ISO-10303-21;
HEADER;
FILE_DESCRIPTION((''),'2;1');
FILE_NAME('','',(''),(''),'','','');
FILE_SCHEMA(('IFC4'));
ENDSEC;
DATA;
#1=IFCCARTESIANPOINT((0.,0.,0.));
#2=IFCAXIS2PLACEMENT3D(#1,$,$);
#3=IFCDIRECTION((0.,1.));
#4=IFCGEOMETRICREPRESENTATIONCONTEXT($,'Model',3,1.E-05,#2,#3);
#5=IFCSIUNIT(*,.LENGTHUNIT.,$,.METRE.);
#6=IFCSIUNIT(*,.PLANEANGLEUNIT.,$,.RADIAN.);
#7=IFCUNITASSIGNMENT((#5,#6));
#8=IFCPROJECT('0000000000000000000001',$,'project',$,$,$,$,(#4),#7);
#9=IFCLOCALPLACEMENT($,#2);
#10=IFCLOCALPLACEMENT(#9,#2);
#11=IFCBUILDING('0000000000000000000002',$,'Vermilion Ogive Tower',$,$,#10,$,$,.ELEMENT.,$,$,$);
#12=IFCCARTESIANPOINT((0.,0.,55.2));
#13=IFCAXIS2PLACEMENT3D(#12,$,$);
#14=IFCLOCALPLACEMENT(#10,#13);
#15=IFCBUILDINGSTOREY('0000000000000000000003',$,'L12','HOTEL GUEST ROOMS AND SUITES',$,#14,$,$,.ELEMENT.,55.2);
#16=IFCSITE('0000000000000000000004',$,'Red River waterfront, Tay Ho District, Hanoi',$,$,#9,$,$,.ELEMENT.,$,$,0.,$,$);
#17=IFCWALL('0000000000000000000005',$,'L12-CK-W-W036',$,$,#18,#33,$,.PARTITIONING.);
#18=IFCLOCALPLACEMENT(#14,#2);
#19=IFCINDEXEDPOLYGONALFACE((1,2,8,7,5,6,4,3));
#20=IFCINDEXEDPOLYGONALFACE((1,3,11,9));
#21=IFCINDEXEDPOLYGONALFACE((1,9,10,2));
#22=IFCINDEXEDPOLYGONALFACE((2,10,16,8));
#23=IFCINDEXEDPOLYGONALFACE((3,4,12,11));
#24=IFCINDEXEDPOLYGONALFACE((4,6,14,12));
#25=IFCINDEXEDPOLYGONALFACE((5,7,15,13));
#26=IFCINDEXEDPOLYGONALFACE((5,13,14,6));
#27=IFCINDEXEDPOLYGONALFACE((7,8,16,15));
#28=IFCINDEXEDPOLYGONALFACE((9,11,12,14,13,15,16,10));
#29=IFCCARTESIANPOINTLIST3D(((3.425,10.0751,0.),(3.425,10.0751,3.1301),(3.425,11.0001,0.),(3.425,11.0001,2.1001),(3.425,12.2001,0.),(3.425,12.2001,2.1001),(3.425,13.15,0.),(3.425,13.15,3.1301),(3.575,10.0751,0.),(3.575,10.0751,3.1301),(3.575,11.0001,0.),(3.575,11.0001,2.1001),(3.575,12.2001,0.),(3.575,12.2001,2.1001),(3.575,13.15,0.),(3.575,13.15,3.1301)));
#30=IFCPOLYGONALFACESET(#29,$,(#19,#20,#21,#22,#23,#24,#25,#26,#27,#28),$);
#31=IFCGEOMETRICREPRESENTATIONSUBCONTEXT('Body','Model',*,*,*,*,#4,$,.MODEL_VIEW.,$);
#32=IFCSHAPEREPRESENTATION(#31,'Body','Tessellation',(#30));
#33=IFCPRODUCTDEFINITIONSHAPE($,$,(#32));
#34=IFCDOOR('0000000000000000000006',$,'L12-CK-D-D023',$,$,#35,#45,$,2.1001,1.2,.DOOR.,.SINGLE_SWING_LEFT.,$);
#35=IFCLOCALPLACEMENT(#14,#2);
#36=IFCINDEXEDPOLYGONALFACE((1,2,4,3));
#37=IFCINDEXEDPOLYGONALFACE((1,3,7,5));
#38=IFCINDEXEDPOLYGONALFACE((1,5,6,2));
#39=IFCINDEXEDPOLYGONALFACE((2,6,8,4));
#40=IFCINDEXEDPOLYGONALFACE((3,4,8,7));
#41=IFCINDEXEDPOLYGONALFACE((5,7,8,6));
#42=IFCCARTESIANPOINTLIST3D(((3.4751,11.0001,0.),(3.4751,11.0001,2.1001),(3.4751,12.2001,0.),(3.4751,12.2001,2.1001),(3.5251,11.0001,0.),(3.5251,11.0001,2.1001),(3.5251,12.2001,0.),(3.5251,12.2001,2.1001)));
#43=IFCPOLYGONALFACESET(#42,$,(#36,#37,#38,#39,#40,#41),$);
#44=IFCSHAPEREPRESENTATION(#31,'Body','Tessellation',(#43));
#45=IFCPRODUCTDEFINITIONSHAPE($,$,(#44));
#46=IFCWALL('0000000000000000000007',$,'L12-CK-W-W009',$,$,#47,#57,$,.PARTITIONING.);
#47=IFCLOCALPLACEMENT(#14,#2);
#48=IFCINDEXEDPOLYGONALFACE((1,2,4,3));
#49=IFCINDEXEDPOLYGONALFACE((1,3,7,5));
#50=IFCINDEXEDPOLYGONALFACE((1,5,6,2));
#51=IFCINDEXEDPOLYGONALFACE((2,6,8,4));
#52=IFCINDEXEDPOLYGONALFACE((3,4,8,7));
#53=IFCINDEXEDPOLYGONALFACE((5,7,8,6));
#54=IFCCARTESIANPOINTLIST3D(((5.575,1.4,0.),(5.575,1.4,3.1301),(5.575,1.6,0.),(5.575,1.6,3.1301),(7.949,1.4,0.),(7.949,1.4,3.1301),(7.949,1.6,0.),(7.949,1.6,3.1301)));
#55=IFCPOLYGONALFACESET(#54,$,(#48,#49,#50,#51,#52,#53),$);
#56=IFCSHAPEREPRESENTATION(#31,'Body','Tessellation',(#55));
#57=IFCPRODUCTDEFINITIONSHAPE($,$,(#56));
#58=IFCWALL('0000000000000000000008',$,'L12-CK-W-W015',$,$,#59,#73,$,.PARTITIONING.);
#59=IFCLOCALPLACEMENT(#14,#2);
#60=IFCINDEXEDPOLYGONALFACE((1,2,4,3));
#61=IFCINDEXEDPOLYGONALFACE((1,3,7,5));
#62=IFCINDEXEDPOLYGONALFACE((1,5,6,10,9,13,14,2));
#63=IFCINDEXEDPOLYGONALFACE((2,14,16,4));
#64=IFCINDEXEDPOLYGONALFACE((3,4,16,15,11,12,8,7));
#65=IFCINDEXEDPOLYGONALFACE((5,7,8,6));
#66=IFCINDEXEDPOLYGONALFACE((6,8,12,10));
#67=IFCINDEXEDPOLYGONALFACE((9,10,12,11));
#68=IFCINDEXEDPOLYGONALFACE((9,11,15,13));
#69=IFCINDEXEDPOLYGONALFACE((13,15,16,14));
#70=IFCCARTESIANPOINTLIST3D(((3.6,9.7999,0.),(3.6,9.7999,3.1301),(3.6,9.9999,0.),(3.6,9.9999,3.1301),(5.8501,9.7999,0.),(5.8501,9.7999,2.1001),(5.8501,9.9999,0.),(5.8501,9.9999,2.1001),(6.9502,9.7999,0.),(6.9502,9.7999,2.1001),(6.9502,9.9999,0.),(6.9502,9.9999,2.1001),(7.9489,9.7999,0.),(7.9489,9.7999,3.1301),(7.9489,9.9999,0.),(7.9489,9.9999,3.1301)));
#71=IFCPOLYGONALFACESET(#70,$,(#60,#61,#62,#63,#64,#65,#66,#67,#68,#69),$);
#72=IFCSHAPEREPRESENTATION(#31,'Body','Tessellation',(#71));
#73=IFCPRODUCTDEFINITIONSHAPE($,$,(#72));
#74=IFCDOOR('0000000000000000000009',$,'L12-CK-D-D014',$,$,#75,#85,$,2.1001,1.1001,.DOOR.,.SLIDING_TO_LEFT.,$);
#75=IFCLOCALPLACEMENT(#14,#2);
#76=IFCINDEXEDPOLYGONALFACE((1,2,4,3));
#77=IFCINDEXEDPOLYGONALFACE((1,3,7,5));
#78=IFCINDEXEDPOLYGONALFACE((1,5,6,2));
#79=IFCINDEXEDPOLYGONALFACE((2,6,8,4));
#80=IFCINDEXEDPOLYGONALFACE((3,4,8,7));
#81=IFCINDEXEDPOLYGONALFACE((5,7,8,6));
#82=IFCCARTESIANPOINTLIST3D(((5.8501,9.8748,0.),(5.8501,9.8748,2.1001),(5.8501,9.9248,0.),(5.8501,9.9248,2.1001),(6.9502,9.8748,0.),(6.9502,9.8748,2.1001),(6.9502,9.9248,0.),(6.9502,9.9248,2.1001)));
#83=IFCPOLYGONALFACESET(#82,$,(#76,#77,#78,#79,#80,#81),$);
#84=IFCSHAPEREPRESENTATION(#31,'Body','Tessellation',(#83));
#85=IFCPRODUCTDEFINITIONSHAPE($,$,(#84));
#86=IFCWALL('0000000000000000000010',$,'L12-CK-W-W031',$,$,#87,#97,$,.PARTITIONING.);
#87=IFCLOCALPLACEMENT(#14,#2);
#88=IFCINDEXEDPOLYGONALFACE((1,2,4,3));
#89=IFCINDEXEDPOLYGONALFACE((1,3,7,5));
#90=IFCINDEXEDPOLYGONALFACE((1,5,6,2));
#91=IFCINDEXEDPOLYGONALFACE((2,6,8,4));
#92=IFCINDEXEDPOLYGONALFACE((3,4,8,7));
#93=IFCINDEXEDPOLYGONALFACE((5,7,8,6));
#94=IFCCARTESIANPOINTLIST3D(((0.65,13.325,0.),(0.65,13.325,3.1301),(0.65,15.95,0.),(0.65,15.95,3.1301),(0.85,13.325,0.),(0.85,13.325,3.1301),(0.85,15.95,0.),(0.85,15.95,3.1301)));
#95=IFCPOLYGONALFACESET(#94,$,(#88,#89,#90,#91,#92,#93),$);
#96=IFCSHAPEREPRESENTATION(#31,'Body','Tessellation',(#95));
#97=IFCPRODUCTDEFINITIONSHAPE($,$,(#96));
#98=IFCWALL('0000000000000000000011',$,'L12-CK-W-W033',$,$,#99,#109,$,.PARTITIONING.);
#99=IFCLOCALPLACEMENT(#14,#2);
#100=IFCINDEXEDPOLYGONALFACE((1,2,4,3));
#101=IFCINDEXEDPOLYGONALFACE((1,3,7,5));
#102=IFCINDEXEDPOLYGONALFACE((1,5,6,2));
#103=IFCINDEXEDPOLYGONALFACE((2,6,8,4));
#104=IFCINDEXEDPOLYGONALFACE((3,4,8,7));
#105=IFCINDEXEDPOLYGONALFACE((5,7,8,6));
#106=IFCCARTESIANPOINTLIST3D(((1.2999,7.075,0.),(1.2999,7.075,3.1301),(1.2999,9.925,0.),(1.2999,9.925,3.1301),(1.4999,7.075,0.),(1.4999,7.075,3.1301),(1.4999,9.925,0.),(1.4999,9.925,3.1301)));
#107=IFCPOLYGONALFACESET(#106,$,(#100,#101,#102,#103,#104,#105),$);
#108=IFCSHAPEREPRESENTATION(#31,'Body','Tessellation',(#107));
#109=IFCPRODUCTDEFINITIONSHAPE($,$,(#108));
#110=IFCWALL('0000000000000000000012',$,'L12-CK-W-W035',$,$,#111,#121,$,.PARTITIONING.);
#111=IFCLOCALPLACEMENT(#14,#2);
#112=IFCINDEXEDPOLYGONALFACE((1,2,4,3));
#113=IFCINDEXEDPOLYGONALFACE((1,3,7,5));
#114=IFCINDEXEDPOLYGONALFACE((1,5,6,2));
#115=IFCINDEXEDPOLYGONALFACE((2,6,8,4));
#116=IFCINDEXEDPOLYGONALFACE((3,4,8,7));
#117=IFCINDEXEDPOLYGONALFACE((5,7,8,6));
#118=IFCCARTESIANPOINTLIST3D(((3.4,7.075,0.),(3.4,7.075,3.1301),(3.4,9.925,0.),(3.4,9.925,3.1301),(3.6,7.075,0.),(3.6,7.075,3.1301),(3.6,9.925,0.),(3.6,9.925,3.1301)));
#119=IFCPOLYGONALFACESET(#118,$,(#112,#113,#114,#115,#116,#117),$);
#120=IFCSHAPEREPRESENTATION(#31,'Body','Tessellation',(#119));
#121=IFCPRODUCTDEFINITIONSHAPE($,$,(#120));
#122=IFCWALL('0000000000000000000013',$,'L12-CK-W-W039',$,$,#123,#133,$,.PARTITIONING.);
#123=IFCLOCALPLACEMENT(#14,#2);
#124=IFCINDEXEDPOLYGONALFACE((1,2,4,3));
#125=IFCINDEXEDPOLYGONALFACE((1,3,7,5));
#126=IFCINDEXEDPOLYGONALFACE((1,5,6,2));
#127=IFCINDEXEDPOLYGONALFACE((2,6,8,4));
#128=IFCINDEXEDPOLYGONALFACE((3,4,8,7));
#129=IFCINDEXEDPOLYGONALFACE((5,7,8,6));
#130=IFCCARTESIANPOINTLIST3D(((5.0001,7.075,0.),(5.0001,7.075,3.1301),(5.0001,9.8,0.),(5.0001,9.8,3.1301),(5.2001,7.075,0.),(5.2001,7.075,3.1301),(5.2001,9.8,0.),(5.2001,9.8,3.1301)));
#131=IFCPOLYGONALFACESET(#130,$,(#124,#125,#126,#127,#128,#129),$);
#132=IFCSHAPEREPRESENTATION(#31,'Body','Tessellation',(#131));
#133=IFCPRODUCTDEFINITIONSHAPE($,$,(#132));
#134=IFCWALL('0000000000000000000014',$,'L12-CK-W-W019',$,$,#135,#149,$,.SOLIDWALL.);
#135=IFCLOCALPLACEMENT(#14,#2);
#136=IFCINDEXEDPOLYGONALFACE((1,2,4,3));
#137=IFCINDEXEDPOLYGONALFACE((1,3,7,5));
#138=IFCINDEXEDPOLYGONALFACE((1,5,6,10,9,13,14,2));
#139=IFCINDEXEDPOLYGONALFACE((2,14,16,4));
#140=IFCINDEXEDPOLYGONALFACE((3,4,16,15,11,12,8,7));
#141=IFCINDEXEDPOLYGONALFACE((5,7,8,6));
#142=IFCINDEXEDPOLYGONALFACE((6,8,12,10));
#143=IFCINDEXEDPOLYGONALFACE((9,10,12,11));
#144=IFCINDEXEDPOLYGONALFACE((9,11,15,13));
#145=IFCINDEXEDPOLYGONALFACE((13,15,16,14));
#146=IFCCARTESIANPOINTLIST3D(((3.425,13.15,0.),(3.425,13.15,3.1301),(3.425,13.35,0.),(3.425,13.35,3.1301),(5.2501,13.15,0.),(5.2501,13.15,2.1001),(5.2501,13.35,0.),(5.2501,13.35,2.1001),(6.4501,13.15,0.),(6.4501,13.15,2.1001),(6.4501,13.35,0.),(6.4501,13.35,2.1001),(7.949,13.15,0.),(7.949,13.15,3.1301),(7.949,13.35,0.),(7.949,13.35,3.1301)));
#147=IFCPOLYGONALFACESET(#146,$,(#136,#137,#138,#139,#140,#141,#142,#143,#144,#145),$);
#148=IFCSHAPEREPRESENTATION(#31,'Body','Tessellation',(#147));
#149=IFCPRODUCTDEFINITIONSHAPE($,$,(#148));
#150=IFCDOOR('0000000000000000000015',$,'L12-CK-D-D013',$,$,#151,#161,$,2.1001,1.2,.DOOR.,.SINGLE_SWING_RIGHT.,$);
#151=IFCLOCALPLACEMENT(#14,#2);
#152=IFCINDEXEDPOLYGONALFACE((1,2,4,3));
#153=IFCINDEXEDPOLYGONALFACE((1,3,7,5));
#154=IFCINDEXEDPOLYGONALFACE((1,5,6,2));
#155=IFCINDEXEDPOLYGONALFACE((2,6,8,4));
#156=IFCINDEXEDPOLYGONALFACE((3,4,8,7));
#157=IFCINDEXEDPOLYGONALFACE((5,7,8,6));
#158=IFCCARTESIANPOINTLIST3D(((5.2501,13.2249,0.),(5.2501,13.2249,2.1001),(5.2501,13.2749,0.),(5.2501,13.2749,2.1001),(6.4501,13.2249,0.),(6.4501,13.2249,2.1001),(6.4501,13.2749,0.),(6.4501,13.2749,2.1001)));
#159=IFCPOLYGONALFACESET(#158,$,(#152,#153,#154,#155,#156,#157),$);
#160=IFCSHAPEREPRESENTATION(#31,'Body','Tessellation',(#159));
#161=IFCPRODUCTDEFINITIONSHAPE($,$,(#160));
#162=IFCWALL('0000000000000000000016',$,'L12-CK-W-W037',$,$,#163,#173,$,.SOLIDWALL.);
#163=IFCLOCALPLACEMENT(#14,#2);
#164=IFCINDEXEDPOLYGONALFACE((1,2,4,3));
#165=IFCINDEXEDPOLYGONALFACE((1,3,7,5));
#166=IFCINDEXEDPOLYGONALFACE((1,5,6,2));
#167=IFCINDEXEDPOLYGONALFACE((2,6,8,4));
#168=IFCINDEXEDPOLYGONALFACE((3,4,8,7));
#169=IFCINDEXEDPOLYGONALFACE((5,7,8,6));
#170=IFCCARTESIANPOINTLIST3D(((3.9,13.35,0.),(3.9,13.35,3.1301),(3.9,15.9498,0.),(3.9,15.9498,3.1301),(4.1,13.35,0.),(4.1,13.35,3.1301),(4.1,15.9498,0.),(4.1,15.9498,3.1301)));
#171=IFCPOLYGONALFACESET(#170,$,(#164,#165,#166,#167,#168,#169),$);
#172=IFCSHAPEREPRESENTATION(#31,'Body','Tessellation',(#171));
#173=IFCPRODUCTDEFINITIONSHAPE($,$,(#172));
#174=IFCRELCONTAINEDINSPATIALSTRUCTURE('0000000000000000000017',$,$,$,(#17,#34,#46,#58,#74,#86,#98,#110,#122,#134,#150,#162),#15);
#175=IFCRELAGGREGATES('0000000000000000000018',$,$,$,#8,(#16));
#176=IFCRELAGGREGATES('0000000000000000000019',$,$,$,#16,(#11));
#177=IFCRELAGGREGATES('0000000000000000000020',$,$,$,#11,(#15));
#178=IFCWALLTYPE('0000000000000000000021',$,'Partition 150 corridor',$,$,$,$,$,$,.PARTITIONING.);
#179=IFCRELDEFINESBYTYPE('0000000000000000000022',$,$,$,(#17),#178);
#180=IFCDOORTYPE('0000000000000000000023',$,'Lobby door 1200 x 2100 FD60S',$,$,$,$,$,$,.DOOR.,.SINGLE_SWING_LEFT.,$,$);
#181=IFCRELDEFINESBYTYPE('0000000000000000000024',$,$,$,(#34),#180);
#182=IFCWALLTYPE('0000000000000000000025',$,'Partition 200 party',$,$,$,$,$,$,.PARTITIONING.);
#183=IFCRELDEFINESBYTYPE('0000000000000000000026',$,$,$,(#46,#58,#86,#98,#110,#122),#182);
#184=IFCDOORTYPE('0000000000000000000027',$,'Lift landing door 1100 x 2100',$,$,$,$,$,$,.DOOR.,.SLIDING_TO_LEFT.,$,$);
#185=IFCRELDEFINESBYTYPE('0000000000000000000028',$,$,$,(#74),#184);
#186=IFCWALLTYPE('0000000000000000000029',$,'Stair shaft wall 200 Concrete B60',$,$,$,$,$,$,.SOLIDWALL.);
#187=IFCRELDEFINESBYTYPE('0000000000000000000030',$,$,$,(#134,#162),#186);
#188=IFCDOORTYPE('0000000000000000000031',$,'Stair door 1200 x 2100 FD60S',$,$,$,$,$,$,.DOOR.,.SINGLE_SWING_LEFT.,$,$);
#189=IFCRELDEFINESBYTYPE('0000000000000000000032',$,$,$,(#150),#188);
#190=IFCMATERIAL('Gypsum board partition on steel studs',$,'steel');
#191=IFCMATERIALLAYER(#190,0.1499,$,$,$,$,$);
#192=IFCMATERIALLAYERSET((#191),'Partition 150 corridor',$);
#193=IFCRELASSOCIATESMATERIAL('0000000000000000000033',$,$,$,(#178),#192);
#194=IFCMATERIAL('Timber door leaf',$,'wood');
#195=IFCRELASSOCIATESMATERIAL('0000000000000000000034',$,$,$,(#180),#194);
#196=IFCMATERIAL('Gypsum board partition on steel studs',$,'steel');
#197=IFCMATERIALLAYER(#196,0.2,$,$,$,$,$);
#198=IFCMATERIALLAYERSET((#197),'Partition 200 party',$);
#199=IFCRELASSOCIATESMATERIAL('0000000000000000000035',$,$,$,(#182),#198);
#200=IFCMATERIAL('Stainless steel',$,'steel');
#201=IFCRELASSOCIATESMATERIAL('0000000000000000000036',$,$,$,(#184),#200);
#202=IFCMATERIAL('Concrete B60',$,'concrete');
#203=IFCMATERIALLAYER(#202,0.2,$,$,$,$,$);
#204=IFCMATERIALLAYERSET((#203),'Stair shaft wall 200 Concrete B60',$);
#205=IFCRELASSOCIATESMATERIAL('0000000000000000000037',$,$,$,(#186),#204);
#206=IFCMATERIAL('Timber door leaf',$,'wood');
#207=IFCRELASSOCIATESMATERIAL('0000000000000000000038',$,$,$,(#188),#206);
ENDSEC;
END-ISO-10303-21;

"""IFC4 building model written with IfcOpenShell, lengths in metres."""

from ifc_helpers import new_model, si_unit, direction, frame, frame_2d, origin, place, context, subcontext, project, spatial, rectangle, extrude, material, layer, layer_set, type_object, element, fill, save


model = new_model("IFC4")

# Units and contexts
model_context = context("Model", 3, precision=1e-05, world=origin(), true_north=direction((0.0, 1.0)))
body_context = subcontext(model_context, "Body", "Model", "MODEL_VIEW")
ifc_project = project(units=[si_unit("LENGTHUNIT", "METRE"), si_unit("PLANEANGLEUNIT", "RADIAN")], contexts=[model_context])

# Site, building, storey
site_placement = place(None, origin())
site = spatial("IfcSite", under=ifc_project, at=site_placement, Name="Red River waterfront, Tay Ho District, Hanoi", CompositionType="ELEMENT", RefElevation=0.0)
building_placement = place(site_placement, origin())
building = spatial("IfcBuilding", under=site, at=building_placement, Name="Vermilion Ogive Tower", CompositionType="ELEMENT")
storey_placement = place(building_placement, frame((0.0, 0.0, 55.2)))
storey = spatial("IfcBuildingStorey", under=building, at=storey_placement, Name="L12", Description="HOTEL GUEST ROOMS AND SUITES", CompositionType="ELEMENT", Elevation=55.2)

# Shared definitions
ifc_material_1 = material(Name="Gypsum board partition on steel studs", Category="steel")
ifc_layer_1 = layer(ifc_material_1, 0.1499)
ifc_layer_set_1 = layer_set([ifc_layer_1], Name="Partition 150 corridor")
wall_type_1 = type_object("IfcWallType", Name="Partition 150 corridor", PredefinedType="PARTITIONING", material=ifc_layer_set_1)

# Wall, opening, door
wall_1_placement = place(storey_placement, frame((3.5, 10.075, 0.0), z_axis=(0.0, 0.0, 1.0), x_axis=(0.0, 1.0, 0.0)))
wall_1 = element("IfcWall", 1, at=wall_1_placement, inside=storey, type_object=wall_type_1, Name="L12-CK-W-W036", PredefinedType="PARTITIONING", context=body_context, shape_type="SweptSolid", body=[
    extrude(rectangle(XDim=3.075, YDim=0.1499, at=frame_2d((1.5376, 0.0))), origin(), (0.0, 0.0, 1.0), 3.1301),
])
opening_1_placement = place(wall_1_placement, frame((0.925, 0.0, 0.0)))
opening_1 = element("IfcOpeningElement", 2, at=opening_1_placement, cuts=wall_1, PredefinedType="OPENING", context=body_context, shape_type="SweptSolid", body=[
    extrude(rectangle(XDim=1.2, YDim=2.1001, at=frame_2d((0.6001, 1.05))), frame((0.0, 0.085, 0.0), z_axis=(0.0, -1.0, 0.0), x_axis=(1.0, 0.0, 0.0)), (0.0, 0.0, 1.0), 0.1699),
])
ifc_material_2 = material(Name="Timber door leaf", Category="wood")
door_type_1 = type_object("IfcDoorType", Name="Lobby door 1200 x 2100 FD60S", OperationType="SINGLE_SWING_LEFT", PredefinedType="DOOR", material=ifc_material_2)
door_1_placement = place(opening_1_placement, origin())
door_1 = element("IfcDoor", 3, at=door_1_placement, inside=storey, type_object=door_type_1, Name="L12-CK-D-D023", OperationType="SINGLE_SWING_LEFT", OverallHeight=2.1001, OverallWidth=1.2, PredefinedType="DOOR", context=body_context, shape_type="SweptSolid", body=[
    extrude(rectangle(XDim=1.2, YDim=2.1001, at=frame_2d((0.6001, 1.05))), frame((0.0, 0.0249, 0.0), z_axis=(0.0, -1.0, 0.0), x_axis=(1.0, 0.0, 0.0)), (0.0, 0.0, 1.0), 0.05),
])
fill(opening_1, door_1)

# Wall
ifc_material_3 = material(Name="Gypsum board partition on steel studs", Category="steel")
ifc_layer_2 = layer(ifc_material_3, 0.2)
ifc_layer_set_2 = layer_set([ifc_layer_2], Name="Partition 200 party")
wall_type_2 = type_object("IfcWallType", Name="Partition 200 party", PredefinedType="PARTITIONING", material=ifc_layer_set_2)
wall_2_placement = place(storey_placement, frame((5.575, 1.5, 0.0), z_axis=(0.0, 0.0, 1.0), x_axis=(1.0, 0.0, 0.0)))
element("IfcWall", 4, at=wall_2_placement, inside=storey, type_object=wall_type_2, Name="L12-CK-W-W009", PredefinedType="PARTITIONING", context=body_context, shape_type="SweptSolid", body=[
    extrude(rectangle(XDim=2.374, YDim=0.2, at=frame_2d((1.187, 0.0))), origin(), (0.0, 0.0, 1.0), 3.1301),
])

# Wall, opening, door
wall_3_placement = place(storey_placement, frame((3.6001, 9.8999, 0.0), z_axis=(0.0, 0.0, 1.0), x_axis=(1.0, 0.0, 0.0)))
wall_3 = element("IfcWall", 5, at=wall_3_placement, inside=storey, type_object=wall_type_2, Name="L12-CK-W-W015", PredefinedType="PARTITIONING", context=body_context, shape_type="SweptSolid", body=[
    extrude(rectangle(XDim=4.3489, YDim=0.2, at=frame_2d((2.1743, 0.0))), origin(), (0.0, 0.0, 1.0), 3.1301),
])
opening_2_placement = place(wall_3_placement, frame((2.25, 0.0, 0.0)))
opening_2 = element("IfcOpeningElement", 6, at=opening_2_placement, cuts=wall_3, PredefinedType="OPENING", context=body_context, shape_type="SweptSolid", body=[
    extrude(rectangle(XDim=1.1001, YDim=2.1001, at=frame_2d((0.55, 1.05))), frame((0.0, 0.1099, 0.0), z_axis=(0.0, -1.0, 0.0), x_axis=(1.0, 0.0, 0.0)), (0.0, 0.0, 1.0), 0.22),
])
ifc_material_4 = material(Name="Stainless steel", Category="steel")
door_type_2 = type_object("IfcDoorType", Name="Lift landing door 1100 x 2100", OperationType="SLIDING_TO_LEFT", PredefinedType="DOOR", material=ifc_material_4)
door_2_placement = place(opening_2_placement, origin())
door_2 = element("IfcDoor", 7, at=door_2_placement, inside=storey, type_object=door_type_2, Name="L12-CK-D-D014", OperationType="SLIDING_TO_LEFT", OverallHeight=2.1001, OverallWidth=1.1001, PredefinedType="DOOR", context=body_context, shape_type="SweptSolid", body=[
    extrude(rectangle(XDim=1.1001, YDim=2.1001, at=frame_2d((0.55, 1.05))), frame((0.0, 0.0249, 0.0), z_axis=(0.0, -1.0, 0.0), x_axis=(1.0, 0.0, 0.0)), (0.0, 0.0, 1.0), 0.05),
])
fill(opening_2, door_2)

# Walls
wall_4_placement = place(storey_placement, frame((0.75, 13.325, 0.0), z_axis=(0.0, 0.0, 1.0), x_axis=(0.0, 1.0, 0.0)))
element("IfcWall", 8, at=wall_4_placement, inside=storey, type_object=wall_type_2, Name="L12-CK-W-W031", PredefinedType="PARTITIONING", context=body_context, shape_type="SweptSolid", body=[
    extrude(rectangle(XDim=2.625, YDim=0.2, at=frame_2d((1.3125, 0.0))), origin(), (0.0, 0.0, 1.0), 3.1301),
])
for number, where, z_axis, x_axis, name in (
    (9, (1.3999, 7.075, 0.0), (0.0, 0.0, 1.0), (0.0, 1.0, 0.0), "L12-CK-W-W033"),
    (10, (3.5, 7.075, 0.0), (0.0, 0.0, 1.0), (0.0, 1.0, 0.0), "L12-CK-W-W035"),
):
    element("IfcWall", number, at=place(storey_placement, frame(where, z_axis=z_axis, x_axis=x_axis)), inside=storey, type_object=wall_type_2, Name=name, PredefinedType="PARTITIONING", context=body_context, shape_type="SweptSolid", body=[
        extrude(rectangle(XDim=2.8501, YDim=0.2, at=frame_2d((1.425, 0.0))), origin(), (0.0, 0.0, 1.0), 3.1301),
    ])
wall_5_placement = place(storey_placement, frame((5.1001, 7.075, 0.0), z_axis=(0.0, 0.0, 1.0), x_axis=(0.0, 1.0, 0.0)))
element("IfcWall", 11, at=wall_5_placement, inside=storey, type_object=wall_type_2, Name="L12-CK-W-W039", PredefinedType="PARTITIONING", context=body_context, shape_type="SweptSolid", body=[
    extrude(rectangle(XDim=2.7251, YDim=0.2, at=frame_2d((1.3625, 0.0))), origin(), (0.0, 0.0, 1.0), 3.1301),
])

# Wall, opening, door
ifc_material_5 = material(Name="Concrete B60", Category="concrete")
ifc_layer_3 = layer(ifc_material_5, 0.2)
ifc_layer_set_3 = layer_set([ifc_layer_3], Name="Stair shaft wall 200 Concrete B60")
wall_type_3 = type_object("IfcWallType", Name="Stair shaft wall 200 Concrete B60", PredefinedType="SOLIDWALL", material=ifc_layer_set_3)
wall_6_placement = place(storey_placement, frame((3.425, 13.25, 0.0), z_axis=(0.0, 0.0, 1.0), x_axis=(1.0, 0.0, 0.0)))
wall_6 = element("IfcWall", 12, at=wall_6_placement, inside=storey, type_object=wall_type_3, Name="L12-CK-W-W019", PredefinedType="SOLIDWALL", context=body_context, shape_type="SweptSolid", body=[
    extrude(rectangle(XDim=4.5239, YDim=0.2, at=frame_2d((2.262, 0.0))), origin(), (0.0, 0.0, 1.0), 3.1301),
])
opening_3_placement = place(wall_6_placement, frame((1.825, 0.0, 0.0)))
opening_3 = element("IfcOpeningElement", 13, at=opening_3_placement, cuts=wall_6, PredefinedType="OPENING", context=body_context, shape_type="SweptSolid", body=[
    extrude(rectangle(XDim=1.2, YDim=2.1001, at=frame_2d((0.6001, 1.05))), frame((0.0, 0.1099, 0.0), z_axis=(0.0, -1.0, 0.0), x_axis=(1.0, 0.0, 0.0)), (0.0, 0.0, 1.0), 0.22),
])
ifc_material_6 = material(Name="Timber door leaf", Category="wood")
door_type_3 = type_object("IfcDoorType", Name="Stair door 1200 x 2100 FD60S", OperationType="SINGLE_SWING_LEFT", PredefinedType="DOOR", material=ifc_material_6)
door_3_placement = place(opening_3_placement, origin())
door_3 = element("IfcDoor", 14, at=door_3_placement, inside=storey, type_object=door_type_3, Name="L12-CK-D-D013", OperationType="SINGLE_SWING_RIGHT", OverallHeight=2.1001, OverallWidth=1.2, PredefinedType="DOOR", context=body_context, shape_type="SweptSolid", body=[
    extrude(rectangle(XDim=1.2, YDim=2.1001, at=frame_2d((0.6001, 1.05))), frame((0.0, 0.0249, 0.0), z_axis=(0.0, -1.0, 0.0), x_axis=(1.0, 0.0, 0.0)), (0.0, 0.0, 1.0), 0.05),
])
fill(opening_3, door_3)

# Wall
wall_7_placement = place(storey_placement, frame((4.0, 13.3501, 0.0), z_axis=(0.0, 0.0, 1.0), x_axis=(0.0, 1.0, 0.0)))
element("IfcWall", 15, at=wall_7_placement, inside=storey, type_object=wall_type_3, Name="L12-CK-W-W037", PredefinedType="SOLIDWALL", context=body_context, shape_type="SweptSolid", body=[
    extrude(rectangle(XDim=2.5999, YDim=0.2, at=frame_2d((1.2998, 0.0))), origin(), (0.0, 0.0, 1.0), 3.1301),
])

save(model, "model.ifc")
